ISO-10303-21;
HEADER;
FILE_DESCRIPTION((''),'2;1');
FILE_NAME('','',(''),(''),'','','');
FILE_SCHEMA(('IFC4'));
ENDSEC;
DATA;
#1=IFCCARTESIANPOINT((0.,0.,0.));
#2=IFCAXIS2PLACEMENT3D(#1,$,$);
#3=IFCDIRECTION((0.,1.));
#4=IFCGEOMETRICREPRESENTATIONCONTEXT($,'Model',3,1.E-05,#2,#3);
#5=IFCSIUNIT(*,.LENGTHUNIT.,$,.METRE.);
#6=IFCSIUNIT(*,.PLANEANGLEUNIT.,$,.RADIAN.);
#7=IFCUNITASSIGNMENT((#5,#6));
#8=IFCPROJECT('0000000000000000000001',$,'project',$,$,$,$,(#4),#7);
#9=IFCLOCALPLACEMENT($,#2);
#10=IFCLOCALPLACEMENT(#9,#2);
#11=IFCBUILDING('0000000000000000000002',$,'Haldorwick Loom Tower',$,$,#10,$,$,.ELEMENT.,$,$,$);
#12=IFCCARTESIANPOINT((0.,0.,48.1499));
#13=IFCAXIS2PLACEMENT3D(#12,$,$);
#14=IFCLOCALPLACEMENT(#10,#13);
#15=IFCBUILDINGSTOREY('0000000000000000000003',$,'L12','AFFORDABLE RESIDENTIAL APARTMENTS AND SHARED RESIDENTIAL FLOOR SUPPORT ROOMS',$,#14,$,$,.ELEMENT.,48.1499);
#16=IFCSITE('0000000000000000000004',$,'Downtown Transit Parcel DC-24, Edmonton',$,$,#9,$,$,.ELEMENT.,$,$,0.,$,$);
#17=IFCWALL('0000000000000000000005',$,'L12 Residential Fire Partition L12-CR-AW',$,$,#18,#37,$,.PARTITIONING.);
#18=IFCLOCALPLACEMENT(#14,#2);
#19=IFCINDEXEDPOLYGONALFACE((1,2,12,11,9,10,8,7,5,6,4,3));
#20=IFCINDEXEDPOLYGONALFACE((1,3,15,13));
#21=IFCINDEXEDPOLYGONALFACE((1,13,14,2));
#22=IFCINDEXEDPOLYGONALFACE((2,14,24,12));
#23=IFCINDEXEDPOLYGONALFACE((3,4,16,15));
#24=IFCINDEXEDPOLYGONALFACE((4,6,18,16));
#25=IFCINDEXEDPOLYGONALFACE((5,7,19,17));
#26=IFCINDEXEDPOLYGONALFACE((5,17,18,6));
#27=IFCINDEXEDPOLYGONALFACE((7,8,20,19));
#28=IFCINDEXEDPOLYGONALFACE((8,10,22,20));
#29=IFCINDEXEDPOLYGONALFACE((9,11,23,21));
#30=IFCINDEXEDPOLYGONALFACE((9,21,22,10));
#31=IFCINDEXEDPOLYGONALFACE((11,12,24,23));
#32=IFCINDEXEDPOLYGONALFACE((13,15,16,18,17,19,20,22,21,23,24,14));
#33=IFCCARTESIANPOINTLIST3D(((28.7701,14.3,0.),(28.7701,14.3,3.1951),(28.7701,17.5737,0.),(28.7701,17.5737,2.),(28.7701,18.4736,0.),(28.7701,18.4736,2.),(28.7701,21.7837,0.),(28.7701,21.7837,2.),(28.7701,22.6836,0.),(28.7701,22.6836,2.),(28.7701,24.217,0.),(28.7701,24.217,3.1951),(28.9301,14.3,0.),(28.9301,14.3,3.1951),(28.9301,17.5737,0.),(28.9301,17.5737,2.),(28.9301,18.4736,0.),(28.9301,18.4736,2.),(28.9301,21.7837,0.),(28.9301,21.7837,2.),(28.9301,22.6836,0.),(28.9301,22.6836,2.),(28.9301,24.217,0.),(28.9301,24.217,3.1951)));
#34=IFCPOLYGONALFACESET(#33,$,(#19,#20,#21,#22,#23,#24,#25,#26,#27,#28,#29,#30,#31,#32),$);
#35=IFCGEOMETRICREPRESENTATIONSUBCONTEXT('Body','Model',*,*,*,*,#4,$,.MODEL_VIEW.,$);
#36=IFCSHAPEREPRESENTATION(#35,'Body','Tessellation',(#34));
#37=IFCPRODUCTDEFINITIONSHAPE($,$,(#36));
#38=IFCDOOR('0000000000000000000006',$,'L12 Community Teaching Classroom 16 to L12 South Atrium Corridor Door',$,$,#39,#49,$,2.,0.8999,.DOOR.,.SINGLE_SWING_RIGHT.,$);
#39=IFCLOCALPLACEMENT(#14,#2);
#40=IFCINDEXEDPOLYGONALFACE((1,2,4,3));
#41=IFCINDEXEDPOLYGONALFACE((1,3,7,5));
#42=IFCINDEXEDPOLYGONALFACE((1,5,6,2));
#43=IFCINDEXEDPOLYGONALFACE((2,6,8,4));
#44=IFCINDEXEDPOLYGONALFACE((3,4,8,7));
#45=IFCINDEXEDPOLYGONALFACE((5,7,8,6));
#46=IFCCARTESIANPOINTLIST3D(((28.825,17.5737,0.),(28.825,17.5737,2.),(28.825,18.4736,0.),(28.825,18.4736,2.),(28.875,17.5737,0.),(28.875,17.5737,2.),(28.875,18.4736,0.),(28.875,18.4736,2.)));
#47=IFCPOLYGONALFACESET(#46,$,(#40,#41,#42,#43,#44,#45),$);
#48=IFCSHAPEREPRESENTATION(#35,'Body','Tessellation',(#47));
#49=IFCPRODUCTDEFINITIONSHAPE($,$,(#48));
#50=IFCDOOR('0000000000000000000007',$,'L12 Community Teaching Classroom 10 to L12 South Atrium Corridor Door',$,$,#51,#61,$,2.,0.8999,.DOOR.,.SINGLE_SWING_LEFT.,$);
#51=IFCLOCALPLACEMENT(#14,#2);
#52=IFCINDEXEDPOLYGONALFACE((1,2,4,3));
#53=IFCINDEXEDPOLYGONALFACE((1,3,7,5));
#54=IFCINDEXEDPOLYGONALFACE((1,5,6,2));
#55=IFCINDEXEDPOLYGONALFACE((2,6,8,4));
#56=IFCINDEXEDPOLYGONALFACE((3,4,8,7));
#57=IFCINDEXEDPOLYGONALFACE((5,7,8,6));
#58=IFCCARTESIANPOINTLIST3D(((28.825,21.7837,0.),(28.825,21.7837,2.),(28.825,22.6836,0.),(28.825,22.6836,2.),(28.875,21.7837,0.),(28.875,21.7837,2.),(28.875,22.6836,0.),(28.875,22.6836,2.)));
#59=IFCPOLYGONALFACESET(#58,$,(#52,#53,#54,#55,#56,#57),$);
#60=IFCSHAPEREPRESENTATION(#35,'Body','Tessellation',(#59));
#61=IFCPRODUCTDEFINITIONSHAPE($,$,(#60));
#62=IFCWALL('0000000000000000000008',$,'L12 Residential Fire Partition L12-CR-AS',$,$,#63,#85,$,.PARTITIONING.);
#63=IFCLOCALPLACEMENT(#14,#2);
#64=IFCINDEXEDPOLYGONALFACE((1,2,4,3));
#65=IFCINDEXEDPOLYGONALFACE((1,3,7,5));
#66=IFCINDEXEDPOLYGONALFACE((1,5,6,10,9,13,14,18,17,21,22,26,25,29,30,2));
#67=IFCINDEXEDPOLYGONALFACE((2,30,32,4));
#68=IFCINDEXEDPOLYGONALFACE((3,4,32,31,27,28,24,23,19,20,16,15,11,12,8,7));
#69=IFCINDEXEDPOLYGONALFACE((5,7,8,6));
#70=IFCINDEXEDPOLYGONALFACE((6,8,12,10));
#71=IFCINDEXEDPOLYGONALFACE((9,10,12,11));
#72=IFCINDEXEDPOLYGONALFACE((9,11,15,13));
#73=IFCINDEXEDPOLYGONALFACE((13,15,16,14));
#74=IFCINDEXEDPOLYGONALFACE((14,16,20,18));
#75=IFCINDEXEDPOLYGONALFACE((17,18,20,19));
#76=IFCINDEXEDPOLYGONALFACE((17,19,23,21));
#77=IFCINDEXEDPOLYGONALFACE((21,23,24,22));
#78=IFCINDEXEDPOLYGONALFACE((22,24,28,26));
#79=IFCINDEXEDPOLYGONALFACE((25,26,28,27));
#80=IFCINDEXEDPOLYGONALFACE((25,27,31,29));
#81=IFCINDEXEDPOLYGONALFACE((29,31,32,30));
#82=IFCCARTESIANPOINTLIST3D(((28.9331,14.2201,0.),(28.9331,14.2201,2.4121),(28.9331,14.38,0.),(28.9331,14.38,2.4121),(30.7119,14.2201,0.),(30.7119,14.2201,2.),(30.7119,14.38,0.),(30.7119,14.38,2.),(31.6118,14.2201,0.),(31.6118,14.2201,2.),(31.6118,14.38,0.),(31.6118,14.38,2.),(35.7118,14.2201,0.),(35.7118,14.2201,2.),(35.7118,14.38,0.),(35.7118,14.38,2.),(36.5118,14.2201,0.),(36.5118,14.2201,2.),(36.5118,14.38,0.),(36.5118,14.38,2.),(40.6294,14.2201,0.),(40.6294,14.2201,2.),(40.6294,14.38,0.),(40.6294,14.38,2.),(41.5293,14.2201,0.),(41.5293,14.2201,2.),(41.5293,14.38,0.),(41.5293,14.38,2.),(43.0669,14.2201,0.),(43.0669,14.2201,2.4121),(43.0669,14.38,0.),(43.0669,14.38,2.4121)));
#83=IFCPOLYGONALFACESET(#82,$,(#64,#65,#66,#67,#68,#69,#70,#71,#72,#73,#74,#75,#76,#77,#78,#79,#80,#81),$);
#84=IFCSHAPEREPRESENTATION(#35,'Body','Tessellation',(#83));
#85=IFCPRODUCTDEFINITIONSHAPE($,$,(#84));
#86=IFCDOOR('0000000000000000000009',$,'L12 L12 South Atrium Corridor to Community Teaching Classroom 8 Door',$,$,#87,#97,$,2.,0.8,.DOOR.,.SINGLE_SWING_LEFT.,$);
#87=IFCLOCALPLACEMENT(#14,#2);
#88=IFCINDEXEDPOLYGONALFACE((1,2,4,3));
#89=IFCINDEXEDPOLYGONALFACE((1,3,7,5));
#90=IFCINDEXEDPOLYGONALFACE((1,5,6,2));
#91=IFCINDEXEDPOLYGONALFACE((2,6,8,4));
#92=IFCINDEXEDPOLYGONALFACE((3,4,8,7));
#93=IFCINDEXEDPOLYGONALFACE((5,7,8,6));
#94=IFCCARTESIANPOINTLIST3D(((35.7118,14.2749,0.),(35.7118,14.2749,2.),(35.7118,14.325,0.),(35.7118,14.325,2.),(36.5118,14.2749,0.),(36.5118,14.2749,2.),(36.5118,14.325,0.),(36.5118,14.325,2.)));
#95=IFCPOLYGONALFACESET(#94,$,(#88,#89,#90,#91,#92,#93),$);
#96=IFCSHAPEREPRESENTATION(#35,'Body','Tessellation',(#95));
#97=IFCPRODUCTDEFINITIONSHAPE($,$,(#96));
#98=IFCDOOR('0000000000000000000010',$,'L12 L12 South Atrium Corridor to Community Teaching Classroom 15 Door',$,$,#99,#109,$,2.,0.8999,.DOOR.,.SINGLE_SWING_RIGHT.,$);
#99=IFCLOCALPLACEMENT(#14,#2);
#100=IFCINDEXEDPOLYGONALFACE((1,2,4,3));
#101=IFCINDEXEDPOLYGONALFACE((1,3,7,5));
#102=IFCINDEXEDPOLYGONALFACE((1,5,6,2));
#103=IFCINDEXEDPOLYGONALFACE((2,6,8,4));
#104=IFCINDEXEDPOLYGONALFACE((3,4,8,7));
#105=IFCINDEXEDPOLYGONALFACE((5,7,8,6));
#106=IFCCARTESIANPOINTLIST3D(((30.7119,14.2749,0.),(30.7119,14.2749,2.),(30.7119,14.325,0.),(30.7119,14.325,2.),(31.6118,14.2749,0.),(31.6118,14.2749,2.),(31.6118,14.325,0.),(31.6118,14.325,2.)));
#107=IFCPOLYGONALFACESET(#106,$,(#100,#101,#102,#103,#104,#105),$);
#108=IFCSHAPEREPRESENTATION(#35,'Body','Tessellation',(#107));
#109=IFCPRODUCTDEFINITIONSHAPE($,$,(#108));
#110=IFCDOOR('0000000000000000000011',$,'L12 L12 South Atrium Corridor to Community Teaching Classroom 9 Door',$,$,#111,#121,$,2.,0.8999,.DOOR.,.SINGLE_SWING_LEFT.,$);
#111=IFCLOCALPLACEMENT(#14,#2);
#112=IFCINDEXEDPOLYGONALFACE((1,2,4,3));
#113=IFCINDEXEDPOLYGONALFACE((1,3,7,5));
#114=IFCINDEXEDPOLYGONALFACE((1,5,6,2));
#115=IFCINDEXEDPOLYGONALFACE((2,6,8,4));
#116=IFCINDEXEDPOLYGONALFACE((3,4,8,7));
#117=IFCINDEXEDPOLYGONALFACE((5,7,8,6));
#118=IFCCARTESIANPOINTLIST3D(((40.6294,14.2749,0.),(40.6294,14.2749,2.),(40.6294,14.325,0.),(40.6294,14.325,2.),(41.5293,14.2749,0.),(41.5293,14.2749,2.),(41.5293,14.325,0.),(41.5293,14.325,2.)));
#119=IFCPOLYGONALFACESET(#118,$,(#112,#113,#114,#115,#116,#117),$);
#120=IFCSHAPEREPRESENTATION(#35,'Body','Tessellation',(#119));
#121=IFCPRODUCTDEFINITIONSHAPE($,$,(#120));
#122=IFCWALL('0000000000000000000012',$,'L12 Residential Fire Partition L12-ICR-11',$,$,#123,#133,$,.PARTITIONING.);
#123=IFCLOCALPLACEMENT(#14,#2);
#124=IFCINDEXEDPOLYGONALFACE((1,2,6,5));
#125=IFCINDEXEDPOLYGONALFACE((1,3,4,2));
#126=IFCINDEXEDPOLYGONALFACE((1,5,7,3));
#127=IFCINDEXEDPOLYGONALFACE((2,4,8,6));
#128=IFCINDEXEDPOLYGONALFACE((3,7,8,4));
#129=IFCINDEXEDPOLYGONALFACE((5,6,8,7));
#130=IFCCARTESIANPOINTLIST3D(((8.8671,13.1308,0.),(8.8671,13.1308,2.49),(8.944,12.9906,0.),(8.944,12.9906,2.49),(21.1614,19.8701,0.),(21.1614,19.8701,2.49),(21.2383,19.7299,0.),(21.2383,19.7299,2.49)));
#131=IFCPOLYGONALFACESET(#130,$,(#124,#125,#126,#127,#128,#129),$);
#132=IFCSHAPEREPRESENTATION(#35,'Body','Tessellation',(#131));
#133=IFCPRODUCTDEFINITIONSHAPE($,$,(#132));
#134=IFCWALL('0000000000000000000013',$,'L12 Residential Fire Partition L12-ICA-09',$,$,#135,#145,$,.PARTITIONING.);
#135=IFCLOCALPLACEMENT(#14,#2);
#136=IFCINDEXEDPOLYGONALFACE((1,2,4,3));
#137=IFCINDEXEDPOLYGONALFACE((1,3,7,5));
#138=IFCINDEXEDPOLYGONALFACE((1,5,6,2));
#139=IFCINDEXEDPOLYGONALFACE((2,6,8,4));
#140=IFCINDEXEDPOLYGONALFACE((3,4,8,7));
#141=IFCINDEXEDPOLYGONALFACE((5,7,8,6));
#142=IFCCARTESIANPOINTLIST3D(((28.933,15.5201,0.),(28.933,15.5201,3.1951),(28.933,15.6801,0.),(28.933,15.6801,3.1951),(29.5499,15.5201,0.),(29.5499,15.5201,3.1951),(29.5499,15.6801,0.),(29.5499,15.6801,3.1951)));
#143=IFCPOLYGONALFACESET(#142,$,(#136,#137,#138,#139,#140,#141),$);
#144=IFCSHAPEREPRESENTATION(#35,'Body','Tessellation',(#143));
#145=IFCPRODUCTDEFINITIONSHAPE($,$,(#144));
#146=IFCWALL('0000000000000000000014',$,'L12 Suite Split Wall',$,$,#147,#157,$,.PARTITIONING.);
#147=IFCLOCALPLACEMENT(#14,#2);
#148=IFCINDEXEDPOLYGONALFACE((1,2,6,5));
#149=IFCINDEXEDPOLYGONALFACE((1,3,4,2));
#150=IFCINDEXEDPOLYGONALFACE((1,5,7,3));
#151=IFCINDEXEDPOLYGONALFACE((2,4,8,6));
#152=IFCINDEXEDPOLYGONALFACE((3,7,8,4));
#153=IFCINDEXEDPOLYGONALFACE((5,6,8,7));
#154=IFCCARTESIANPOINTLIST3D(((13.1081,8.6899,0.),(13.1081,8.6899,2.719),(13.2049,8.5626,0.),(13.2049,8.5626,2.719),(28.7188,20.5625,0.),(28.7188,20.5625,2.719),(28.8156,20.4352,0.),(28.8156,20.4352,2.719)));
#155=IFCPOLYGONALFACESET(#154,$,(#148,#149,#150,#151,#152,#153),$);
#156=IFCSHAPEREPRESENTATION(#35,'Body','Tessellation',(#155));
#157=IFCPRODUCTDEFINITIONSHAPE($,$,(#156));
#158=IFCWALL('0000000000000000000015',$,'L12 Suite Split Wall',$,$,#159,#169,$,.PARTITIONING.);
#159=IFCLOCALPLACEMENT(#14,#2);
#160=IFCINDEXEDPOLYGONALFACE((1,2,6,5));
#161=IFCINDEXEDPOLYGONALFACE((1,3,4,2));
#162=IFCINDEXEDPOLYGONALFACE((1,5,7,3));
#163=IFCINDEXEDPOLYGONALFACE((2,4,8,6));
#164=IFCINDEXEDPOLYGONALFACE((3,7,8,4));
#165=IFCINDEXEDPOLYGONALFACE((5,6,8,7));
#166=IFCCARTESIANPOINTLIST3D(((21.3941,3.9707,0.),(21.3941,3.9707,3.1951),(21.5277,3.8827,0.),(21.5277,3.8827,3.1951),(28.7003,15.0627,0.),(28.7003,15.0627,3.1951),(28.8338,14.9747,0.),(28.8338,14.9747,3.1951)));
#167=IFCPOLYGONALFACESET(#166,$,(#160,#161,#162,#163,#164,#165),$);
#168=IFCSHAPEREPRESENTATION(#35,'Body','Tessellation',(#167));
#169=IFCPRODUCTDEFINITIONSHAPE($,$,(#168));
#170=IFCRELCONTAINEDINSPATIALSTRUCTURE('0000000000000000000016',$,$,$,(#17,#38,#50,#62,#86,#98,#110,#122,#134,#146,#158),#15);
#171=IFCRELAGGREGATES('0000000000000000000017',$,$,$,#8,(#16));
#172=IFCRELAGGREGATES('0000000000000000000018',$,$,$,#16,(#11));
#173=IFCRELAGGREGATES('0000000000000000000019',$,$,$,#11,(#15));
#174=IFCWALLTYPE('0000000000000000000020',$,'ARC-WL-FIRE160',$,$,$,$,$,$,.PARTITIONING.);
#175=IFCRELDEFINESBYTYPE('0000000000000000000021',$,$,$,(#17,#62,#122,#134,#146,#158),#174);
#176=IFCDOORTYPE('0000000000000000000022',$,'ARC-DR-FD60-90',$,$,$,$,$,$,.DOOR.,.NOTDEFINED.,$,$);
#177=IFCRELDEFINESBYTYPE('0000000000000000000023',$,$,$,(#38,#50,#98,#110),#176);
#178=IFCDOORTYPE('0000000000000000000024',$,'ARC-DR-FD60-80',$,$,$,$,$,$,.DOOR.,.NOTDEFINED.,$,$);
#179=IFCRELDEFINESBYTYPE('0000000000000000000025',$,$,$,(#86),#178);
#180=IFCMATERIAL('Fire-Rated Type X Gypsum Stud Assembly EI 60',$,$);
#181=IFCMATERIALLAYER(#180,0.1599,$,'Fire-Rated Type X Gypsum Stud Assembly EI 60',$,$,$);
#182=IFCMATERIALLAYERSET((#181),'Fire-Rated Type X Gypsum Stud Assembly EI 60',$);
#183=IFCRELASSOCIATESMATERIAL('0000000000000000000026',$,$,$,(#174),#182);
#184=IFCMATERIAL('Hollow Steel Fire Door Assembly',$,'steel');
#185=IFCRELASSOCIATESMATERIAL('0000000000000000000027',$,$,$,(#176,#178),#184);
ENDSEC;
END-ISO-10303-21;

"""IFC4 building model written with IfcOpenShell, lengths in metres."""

from ifc_helpers import new_model, si_unit, direction, frame, frame_2d, origin, place, context, subcontext, project, spatial, rectangle, extrude, material, layer, layer_set, type_object, element, fill, save


model = new_model("IFC4")

# Units and contexts
model_context = context("Model", 3, precision=1e-05, world=origin(), true_north=direction((0.0, 1.0)))
body_context = subcontext(model_context, "Body", "Model", "MODEL_VIEW")
ifc_project = project(units=[si_unit("LENGTHUNIT", "METRE"), si_unit("PLANEANGLEUNIT", "RADIAN")], contexts=[model_context])

# Site, building, storey
site_placement = place(None, origin())
site = spatial("IfcSite", under=ifc_project, at=site_placement, Name="Downtown Transit Parcel DC-24, Edmonton", CompositionType="ELEMENT", RefElevation=0.0)
building_placement = place(site_placement, origin())
building = spatial("IfcBuilding", under=site, at=building_placement, Name="Haldorwick Loom Tower", CompositionType="ELEMENT")
storey_placement = place(building_placement, frame((0.0, 0.0, 48.1499)))
storey = spatial("IfcBuildingStorey", under=building, at=storey_placement, Name="L12", Description="AFFORDABLE RESIDENTIAL APARTMENTS AND SHARED RESIDENTIAL FLOOR SUPPORT ROOMS", CompositionType="ELEMENT", Elevation=48.1499)

# Walls, openings, doors
ifc_material_1 = material(Name="Fire-Rated Type X Gypsum Stud Assembly EI 60")
ifc_layer_1 = layer(ifc_material_1, 0.1599, Name="Fire-Rated Type X Gypsum Stud Assembly EI 60")
ifc_layer_set_1 = layer_set([ifc_layer_1], Name="Fire-Rated Type X Gypsum Stud Assembly EI 60")
wall_type_1 = type_object("IfcWallType", Name="ARC-WL-FIRE160", PredefinedType="PARTITIONING", material=ifc_layer_set_1)
wall_1_placement = place(storey_placement, frame((28.8501, 14.3, 0.0), z_axis=(0.0, 0.0, 1.0), x_axis=(0.0, 1.0, 0.0)))
wall_1 = element("IfcWall", 1, at=wall_1_placement, inside=storey, type_object=wall_type_1, Name="L12 Residential Fire Partition L12-CR-AW", PredefinedType="PARTITIONING", context=body_context, shape_type="SweptSolid", body=[
    extrude(rectangle(XDim=9.917, YDim=0.1599, at=frame_2d((4.9585, 0.0))), origin(), (0.0, 0.0, 1.0), 3.1951),
])
opening_1_placement = place(wall_1_placement, frame((3.2737, 0.0, 0.0)))
opening_1 = element("IfcOpeningElement", 2, at=opening_1_placement, cuts=wall_1, PredefinedType="OPENING", context=body_context, shape_type="SweptSolid", body=[
    extrude(rectangle(XDim=0.8999, YDim=2.0, at=frame_2d((0.45, 1.0))), frame((0.0, 0.0898, 0.0), z_axis=(0.0, -1.0, 0.0), x_axis=(1.0, 0.0, 0.0)), (0.0, 0.0, 1.0), 0.1799),
])
opening_2_placement = place(wall_1_placement, frame((7.4836, 0.0, 0.0)))
opening_2 = element("IfcOpeningElement", 3, at=opening_2_placement, cuts=wall_1, PredefinedType="OPENING", context=body_context, shape_type="SweptSolid", body=[
    extrude(rectangle(XDim=0.8999, YDim=2.0, at=frame_2d((0.45, 1.0))), frame((0.0, 0.0898, 0.0), z_axis=(0.0, -1.0, 0.0), x_axis=(1.0, 0.0, 0.0)), (0.0, 0.0, 1.0), 0.1799),
])
ifc_material_2 = material(Name="Hollow Steel Fire Door Assembly", Category="steel")
door_type_1 = type_object("IfcDoorType", Name="ARC-DR-FD60-90", OperationType="NOTDEFINED", PredefinedType="DOOR", material=ifc_material_2)
door_1_placement = place(opening_1_placement, frame((0.8999, 0.0, 0.0), z_axis=(0.0, 0.0, 1.0), x_axis=(-1.0, 0.0, 0.0)))
door_1 = element("IfcDoor", 4, at=door_1_placement, inside=storey, type_object=door_type_1, Name="L12 Community Teaching Classroom 16 to L12 South Atrium Corridor Door", OperationType="SINGLE_SWING_RIGHT", OverallHeight=2.0, OverallWidth=0.8999, PredefinedType="DOOR", context=body_context, shape_type="SweptSolid", body=[
    extrude(rectangle(XDim=0.8999, YDim=2.0, at=frame_2d((0.45, 1.0))), frame((0.0, 0.0249, 0.0), z_axis=(0.0, -1.0, 0.0), x_axis=(1.0, 0.0, 0.0)), (0.0, 0.0, 1.0), 0.05),
])
fill(opening_1, door_1)
door_2_placement = place(opening_2_placement, frame((0.8999, 0.0, 0.0), z_axis=(0.0, 0.0, 1.0), x_axis=(-1.0, 0.0, 0.0)))
door_2 = element("IfcDoor", 5, at=door_2_placement, inside=storey, type_object=door_type_1, Name="L12 Community Teaching Classroom 10 to L12 South Atrium Corridor Door", OperationType="SINGLE_SWING_LEFT", OverallHeight=2.0, OverallWidth=0.8999, PredefinedType="DOOR", context=body_context, shape_type="SweptSolid", body=[
    extrude(rectangle(XDim=0.8999, YDim=2.0, at=frame_2d((0.45, 1.0))), frame((0.0, 0.0249, 0.0), z_axis=(0.0, -1.0, 0.0), x_axis=(1.0, 0.0, 0.0)), (0.0, 0.0, 1.0), 0.05),
])
fill(opening_2, door_2)
wall_2_placement = place(storey_placement, frame((28.9331, 14.3, 0.0), z_axis=(0.0, 0.0, 1.0), x_axis=(1.0, 0.0, 0.0)))
wall_2 = element("IfcWall", 6, at=wall_2_placement, inside=storey, type_object=wall_type_1, Name="L12 Residential Fire Partition L12-CR-AS", PredefinedType="PARTITIONING", context=body_context, shape_type="SweptSolid", body=[
    extrude(rectangle(XDim=14.1338, YDim=0.1599, at=frame_2d((7.0669, 0.0))), origin(), (0.0, 0.0, 1.0), 2.4121),
])
opening_3_placement = place(wall_2_placement, frame((1.7788, 0.0, 0.0)))
opening_3 = element("IfcOpeningElement", 7, at=opening_3_placement, cuts=wall_2, PredefinedType="OPENING", context=body_context, shape_type="SweptSolid", body=[
    extrude(rectangle(XDim=0.8999, YDim=2.0, at=frame_2d((0.45, 1.0))), frame((0.0, 0.0898, 0.0), z_axis=(0.0, -1.0, 0.0), x_axis=(1.0, 0.0, 0.0)), (0.0, 0.0, 1.0), 0.1799),
])
opening_4_placement = place(wall_2_placement, frame((11.6963, 0.0, 0.0)))
opening_4 = element("IfcOpeningElement", 8, at=opening_4_placement, cuts=wall_2, PredefinedType="OPENING", context=body_context, shape_type="SweptSolid", body=[
    extrude(rectangle(XDim=0.8999, YDim=2.0, at=frame_2d((0.45, 1.0))), frame((0.0, 0.0898, 0.0), z_axis=(0.0, -1.0, 0.0), x_axis=(1.0, 0.0, 0.0)), (0.0, 0.0, 1.0), 0.1799),
])
opening_5_placement = place(wall_2_placement, frame((6.7788, 0.0, 0.0)))
opening_5 = element("IfcOpeningElement", 9, at=opening_5_placement, cuts=wall_2, PredefinedType="OPENING", context=body_context, shape_type="SweptSolid", body=[
    extrude(rectangle(XDim=0.8, YDim=2.0, at=frame_2d((0.3999, 1.0))), frame((0.0, 0.0898, 0.0), z_axis=(0.0, -1.0, 0.0), x_axis=(1.0, 0.0, 0.0)), (0.0, 0.0, 1.0), 0.1799),
])
door_type_2 = type_object("IfcDoorType", Name="ARC-DR-FD60-80", OperationType="NOTDEFINED", PredefinedType="DOOR", material=ifc_material_2)
door_3_placement = place(opening_5_placement, origin())
door_3 = element("IfcDoor", 10, at=door_3_placement, inside=storey, type_object=door_type_2, Name="L12 L12 South Atrium Corridor to Community Teaching Classroom 8 Door", OperationType="SINGLE_SWING_LEFT", OverallHeight=2.0, OverallWidth=0.8, PredefinedType="DOOR", context=body_context, shape_type="SweptSolid", body=[
    extrude(rectangle(XDim=0.8, YDim=2.0, at=frame_2d((0.3999, 1.0))), frame((0.0, 0.0249, 0.0), z_axis=(0.0, -1.0, 0.0), x_axis=(1.0, 0.0, 0.0)), (0.0, 0.0, 1.0), 0.05),
])
fill(opening_5, door_3)
door_4_placement = place(opening_3_placement, origin())
door_4 = element("IfcDoor", 11, at=door_4_placement, inside=storey, type_object=door_type_1, Name="L12 L12 South Atrium Corridor to Community Teaching Classroom 15 Door", OperationType="SINGLE_SWING_RIGHT", OverallHeight=2.0, OverallWidth=0.8999, PredefinedType="DOOR", context=body_context, shape_type="SweptSolid", body=[
    extrude(rectangle(XDim=0.8999, YDim=2.0, at=frame_2d((0.45, 1.0))), frame((0.0, 0.0249, 0.0), z_axis=(0.0, -1.0, 0.0), x_axis=(1.0, 0.0, 0.0)), (0.0, 0.0, 1.0), 0.05),
])
fill(opening_3, door_4)
door_5_placement = place(opening_4_placement, origin())
door_5 = element("IfcDoor", 12, at=door_5_placement, inside=storey, type_object=door_type_1, Name="L12 L12 South Atrium Corridor to Community Teaching Classroom 9 Door", OperationType="SINGLE_SWING_LEFT", OverallHeight=2.0, OverallWidth=0.8999, PredefinedType="DOOR", context=body_context, shape_type="SweptSolid", body=[
    extrude(rectangle(XDim=0.8999, YDim=2.0, at=frame_2d((0.45, 1.0))), frame((0.0, 0.0249, 0.0), z_axis=(0.0, -1.0, 0.0), x_axis=(1.0, 0.0, 0.0)), (0.0, 0.0, 1.0), 0.05),
])
fill(opening_4, door_5)

# Walls
wall_3_placement = place(storey_placement, frame((21.2, 19.8, 0.0), z_axis=(0.0, 0.0, 1.0), x_axis=(-0.876894, -0.480684, 0.0)))
element("IfcWall", 13, at=wall_3_placement, inside=storey, type_object=wall_type_1, Name="L12 Residential Fire Partition L12-ICR-11", PredefinedType="PARTITIONING", context=body_context, shape_type="SweptSolid", body=[
    extrude(rectangle(XDim=14.0203, YDim=0.1599, at=frame_2d((7.0103, 0.0))), origin(), (0.0, 0.0, 1.0), 2.49),
])
wall_4_placement = place(storey_placement, frame((29.55, 15.6001, 0.0), z_axis=(0.0, 0.0, 1.0), x_axis=(-1.0, 0.0, 0.0)))
element("IfcWall", 14, at=wall_4_placement, inside=storey, type_object=wall_type_1, Name="L12 Residential Fire Partition L12-ICA-09", PredefinedType="PARTITIONING", context=body_context, shape_type="SweptSolid", body=[
    extrude(rectangle(XDim=0.6169, YDim=0.1599, at=frame_2d((0.3086, 0.0))), origin(), (0.0, 0.0, 1.0), 3.1951),
])
wall_5_placement = place(storey_placement, frame((28.7671, 20.4988, 0.0), z_axis=(0.0, 0.0, 1.0), x_axis=(-0.795953, -0.605358, 0.0)))
element("IfcWall", 15, at=wall_5_placement, inside=storey, type_object=wall_type_1, Name="L12 Suite Split Wall", PredefinedType="PARTITIONING", context=body_context, shape_type="SweptSolid", body=[
    extrude(rectangle(XDim=19.6125, YDim=0.1599, at=frame_2d((9.8062, 0.0))), origin(), (0.0, 0.0, 1.0), 2.719),
])
wall_6_placement = place(storey_placement, frame((28.7671, 15.0188, 0.0), z_axis=(0.0, 0.0, 1.0), x_axis=(-0.550077, -0.835114, 0.0)))
element("IfcWall", 16, at=wall_6_placement, inside=storey, type_object=wall_type_1, Name="L12 Suite Split Wall", PredefinedType="PARTITIONING", context=body_context, shape_type="SweptSolid", body=[
    extrude(rectangle(XDim=13.282, YDim=0.1599, at=frame_2d((6.6411, 0.0))), origin(), (0.0, 0.0, 1.0), 3.1951),
])

save(model, "model.ifc")
